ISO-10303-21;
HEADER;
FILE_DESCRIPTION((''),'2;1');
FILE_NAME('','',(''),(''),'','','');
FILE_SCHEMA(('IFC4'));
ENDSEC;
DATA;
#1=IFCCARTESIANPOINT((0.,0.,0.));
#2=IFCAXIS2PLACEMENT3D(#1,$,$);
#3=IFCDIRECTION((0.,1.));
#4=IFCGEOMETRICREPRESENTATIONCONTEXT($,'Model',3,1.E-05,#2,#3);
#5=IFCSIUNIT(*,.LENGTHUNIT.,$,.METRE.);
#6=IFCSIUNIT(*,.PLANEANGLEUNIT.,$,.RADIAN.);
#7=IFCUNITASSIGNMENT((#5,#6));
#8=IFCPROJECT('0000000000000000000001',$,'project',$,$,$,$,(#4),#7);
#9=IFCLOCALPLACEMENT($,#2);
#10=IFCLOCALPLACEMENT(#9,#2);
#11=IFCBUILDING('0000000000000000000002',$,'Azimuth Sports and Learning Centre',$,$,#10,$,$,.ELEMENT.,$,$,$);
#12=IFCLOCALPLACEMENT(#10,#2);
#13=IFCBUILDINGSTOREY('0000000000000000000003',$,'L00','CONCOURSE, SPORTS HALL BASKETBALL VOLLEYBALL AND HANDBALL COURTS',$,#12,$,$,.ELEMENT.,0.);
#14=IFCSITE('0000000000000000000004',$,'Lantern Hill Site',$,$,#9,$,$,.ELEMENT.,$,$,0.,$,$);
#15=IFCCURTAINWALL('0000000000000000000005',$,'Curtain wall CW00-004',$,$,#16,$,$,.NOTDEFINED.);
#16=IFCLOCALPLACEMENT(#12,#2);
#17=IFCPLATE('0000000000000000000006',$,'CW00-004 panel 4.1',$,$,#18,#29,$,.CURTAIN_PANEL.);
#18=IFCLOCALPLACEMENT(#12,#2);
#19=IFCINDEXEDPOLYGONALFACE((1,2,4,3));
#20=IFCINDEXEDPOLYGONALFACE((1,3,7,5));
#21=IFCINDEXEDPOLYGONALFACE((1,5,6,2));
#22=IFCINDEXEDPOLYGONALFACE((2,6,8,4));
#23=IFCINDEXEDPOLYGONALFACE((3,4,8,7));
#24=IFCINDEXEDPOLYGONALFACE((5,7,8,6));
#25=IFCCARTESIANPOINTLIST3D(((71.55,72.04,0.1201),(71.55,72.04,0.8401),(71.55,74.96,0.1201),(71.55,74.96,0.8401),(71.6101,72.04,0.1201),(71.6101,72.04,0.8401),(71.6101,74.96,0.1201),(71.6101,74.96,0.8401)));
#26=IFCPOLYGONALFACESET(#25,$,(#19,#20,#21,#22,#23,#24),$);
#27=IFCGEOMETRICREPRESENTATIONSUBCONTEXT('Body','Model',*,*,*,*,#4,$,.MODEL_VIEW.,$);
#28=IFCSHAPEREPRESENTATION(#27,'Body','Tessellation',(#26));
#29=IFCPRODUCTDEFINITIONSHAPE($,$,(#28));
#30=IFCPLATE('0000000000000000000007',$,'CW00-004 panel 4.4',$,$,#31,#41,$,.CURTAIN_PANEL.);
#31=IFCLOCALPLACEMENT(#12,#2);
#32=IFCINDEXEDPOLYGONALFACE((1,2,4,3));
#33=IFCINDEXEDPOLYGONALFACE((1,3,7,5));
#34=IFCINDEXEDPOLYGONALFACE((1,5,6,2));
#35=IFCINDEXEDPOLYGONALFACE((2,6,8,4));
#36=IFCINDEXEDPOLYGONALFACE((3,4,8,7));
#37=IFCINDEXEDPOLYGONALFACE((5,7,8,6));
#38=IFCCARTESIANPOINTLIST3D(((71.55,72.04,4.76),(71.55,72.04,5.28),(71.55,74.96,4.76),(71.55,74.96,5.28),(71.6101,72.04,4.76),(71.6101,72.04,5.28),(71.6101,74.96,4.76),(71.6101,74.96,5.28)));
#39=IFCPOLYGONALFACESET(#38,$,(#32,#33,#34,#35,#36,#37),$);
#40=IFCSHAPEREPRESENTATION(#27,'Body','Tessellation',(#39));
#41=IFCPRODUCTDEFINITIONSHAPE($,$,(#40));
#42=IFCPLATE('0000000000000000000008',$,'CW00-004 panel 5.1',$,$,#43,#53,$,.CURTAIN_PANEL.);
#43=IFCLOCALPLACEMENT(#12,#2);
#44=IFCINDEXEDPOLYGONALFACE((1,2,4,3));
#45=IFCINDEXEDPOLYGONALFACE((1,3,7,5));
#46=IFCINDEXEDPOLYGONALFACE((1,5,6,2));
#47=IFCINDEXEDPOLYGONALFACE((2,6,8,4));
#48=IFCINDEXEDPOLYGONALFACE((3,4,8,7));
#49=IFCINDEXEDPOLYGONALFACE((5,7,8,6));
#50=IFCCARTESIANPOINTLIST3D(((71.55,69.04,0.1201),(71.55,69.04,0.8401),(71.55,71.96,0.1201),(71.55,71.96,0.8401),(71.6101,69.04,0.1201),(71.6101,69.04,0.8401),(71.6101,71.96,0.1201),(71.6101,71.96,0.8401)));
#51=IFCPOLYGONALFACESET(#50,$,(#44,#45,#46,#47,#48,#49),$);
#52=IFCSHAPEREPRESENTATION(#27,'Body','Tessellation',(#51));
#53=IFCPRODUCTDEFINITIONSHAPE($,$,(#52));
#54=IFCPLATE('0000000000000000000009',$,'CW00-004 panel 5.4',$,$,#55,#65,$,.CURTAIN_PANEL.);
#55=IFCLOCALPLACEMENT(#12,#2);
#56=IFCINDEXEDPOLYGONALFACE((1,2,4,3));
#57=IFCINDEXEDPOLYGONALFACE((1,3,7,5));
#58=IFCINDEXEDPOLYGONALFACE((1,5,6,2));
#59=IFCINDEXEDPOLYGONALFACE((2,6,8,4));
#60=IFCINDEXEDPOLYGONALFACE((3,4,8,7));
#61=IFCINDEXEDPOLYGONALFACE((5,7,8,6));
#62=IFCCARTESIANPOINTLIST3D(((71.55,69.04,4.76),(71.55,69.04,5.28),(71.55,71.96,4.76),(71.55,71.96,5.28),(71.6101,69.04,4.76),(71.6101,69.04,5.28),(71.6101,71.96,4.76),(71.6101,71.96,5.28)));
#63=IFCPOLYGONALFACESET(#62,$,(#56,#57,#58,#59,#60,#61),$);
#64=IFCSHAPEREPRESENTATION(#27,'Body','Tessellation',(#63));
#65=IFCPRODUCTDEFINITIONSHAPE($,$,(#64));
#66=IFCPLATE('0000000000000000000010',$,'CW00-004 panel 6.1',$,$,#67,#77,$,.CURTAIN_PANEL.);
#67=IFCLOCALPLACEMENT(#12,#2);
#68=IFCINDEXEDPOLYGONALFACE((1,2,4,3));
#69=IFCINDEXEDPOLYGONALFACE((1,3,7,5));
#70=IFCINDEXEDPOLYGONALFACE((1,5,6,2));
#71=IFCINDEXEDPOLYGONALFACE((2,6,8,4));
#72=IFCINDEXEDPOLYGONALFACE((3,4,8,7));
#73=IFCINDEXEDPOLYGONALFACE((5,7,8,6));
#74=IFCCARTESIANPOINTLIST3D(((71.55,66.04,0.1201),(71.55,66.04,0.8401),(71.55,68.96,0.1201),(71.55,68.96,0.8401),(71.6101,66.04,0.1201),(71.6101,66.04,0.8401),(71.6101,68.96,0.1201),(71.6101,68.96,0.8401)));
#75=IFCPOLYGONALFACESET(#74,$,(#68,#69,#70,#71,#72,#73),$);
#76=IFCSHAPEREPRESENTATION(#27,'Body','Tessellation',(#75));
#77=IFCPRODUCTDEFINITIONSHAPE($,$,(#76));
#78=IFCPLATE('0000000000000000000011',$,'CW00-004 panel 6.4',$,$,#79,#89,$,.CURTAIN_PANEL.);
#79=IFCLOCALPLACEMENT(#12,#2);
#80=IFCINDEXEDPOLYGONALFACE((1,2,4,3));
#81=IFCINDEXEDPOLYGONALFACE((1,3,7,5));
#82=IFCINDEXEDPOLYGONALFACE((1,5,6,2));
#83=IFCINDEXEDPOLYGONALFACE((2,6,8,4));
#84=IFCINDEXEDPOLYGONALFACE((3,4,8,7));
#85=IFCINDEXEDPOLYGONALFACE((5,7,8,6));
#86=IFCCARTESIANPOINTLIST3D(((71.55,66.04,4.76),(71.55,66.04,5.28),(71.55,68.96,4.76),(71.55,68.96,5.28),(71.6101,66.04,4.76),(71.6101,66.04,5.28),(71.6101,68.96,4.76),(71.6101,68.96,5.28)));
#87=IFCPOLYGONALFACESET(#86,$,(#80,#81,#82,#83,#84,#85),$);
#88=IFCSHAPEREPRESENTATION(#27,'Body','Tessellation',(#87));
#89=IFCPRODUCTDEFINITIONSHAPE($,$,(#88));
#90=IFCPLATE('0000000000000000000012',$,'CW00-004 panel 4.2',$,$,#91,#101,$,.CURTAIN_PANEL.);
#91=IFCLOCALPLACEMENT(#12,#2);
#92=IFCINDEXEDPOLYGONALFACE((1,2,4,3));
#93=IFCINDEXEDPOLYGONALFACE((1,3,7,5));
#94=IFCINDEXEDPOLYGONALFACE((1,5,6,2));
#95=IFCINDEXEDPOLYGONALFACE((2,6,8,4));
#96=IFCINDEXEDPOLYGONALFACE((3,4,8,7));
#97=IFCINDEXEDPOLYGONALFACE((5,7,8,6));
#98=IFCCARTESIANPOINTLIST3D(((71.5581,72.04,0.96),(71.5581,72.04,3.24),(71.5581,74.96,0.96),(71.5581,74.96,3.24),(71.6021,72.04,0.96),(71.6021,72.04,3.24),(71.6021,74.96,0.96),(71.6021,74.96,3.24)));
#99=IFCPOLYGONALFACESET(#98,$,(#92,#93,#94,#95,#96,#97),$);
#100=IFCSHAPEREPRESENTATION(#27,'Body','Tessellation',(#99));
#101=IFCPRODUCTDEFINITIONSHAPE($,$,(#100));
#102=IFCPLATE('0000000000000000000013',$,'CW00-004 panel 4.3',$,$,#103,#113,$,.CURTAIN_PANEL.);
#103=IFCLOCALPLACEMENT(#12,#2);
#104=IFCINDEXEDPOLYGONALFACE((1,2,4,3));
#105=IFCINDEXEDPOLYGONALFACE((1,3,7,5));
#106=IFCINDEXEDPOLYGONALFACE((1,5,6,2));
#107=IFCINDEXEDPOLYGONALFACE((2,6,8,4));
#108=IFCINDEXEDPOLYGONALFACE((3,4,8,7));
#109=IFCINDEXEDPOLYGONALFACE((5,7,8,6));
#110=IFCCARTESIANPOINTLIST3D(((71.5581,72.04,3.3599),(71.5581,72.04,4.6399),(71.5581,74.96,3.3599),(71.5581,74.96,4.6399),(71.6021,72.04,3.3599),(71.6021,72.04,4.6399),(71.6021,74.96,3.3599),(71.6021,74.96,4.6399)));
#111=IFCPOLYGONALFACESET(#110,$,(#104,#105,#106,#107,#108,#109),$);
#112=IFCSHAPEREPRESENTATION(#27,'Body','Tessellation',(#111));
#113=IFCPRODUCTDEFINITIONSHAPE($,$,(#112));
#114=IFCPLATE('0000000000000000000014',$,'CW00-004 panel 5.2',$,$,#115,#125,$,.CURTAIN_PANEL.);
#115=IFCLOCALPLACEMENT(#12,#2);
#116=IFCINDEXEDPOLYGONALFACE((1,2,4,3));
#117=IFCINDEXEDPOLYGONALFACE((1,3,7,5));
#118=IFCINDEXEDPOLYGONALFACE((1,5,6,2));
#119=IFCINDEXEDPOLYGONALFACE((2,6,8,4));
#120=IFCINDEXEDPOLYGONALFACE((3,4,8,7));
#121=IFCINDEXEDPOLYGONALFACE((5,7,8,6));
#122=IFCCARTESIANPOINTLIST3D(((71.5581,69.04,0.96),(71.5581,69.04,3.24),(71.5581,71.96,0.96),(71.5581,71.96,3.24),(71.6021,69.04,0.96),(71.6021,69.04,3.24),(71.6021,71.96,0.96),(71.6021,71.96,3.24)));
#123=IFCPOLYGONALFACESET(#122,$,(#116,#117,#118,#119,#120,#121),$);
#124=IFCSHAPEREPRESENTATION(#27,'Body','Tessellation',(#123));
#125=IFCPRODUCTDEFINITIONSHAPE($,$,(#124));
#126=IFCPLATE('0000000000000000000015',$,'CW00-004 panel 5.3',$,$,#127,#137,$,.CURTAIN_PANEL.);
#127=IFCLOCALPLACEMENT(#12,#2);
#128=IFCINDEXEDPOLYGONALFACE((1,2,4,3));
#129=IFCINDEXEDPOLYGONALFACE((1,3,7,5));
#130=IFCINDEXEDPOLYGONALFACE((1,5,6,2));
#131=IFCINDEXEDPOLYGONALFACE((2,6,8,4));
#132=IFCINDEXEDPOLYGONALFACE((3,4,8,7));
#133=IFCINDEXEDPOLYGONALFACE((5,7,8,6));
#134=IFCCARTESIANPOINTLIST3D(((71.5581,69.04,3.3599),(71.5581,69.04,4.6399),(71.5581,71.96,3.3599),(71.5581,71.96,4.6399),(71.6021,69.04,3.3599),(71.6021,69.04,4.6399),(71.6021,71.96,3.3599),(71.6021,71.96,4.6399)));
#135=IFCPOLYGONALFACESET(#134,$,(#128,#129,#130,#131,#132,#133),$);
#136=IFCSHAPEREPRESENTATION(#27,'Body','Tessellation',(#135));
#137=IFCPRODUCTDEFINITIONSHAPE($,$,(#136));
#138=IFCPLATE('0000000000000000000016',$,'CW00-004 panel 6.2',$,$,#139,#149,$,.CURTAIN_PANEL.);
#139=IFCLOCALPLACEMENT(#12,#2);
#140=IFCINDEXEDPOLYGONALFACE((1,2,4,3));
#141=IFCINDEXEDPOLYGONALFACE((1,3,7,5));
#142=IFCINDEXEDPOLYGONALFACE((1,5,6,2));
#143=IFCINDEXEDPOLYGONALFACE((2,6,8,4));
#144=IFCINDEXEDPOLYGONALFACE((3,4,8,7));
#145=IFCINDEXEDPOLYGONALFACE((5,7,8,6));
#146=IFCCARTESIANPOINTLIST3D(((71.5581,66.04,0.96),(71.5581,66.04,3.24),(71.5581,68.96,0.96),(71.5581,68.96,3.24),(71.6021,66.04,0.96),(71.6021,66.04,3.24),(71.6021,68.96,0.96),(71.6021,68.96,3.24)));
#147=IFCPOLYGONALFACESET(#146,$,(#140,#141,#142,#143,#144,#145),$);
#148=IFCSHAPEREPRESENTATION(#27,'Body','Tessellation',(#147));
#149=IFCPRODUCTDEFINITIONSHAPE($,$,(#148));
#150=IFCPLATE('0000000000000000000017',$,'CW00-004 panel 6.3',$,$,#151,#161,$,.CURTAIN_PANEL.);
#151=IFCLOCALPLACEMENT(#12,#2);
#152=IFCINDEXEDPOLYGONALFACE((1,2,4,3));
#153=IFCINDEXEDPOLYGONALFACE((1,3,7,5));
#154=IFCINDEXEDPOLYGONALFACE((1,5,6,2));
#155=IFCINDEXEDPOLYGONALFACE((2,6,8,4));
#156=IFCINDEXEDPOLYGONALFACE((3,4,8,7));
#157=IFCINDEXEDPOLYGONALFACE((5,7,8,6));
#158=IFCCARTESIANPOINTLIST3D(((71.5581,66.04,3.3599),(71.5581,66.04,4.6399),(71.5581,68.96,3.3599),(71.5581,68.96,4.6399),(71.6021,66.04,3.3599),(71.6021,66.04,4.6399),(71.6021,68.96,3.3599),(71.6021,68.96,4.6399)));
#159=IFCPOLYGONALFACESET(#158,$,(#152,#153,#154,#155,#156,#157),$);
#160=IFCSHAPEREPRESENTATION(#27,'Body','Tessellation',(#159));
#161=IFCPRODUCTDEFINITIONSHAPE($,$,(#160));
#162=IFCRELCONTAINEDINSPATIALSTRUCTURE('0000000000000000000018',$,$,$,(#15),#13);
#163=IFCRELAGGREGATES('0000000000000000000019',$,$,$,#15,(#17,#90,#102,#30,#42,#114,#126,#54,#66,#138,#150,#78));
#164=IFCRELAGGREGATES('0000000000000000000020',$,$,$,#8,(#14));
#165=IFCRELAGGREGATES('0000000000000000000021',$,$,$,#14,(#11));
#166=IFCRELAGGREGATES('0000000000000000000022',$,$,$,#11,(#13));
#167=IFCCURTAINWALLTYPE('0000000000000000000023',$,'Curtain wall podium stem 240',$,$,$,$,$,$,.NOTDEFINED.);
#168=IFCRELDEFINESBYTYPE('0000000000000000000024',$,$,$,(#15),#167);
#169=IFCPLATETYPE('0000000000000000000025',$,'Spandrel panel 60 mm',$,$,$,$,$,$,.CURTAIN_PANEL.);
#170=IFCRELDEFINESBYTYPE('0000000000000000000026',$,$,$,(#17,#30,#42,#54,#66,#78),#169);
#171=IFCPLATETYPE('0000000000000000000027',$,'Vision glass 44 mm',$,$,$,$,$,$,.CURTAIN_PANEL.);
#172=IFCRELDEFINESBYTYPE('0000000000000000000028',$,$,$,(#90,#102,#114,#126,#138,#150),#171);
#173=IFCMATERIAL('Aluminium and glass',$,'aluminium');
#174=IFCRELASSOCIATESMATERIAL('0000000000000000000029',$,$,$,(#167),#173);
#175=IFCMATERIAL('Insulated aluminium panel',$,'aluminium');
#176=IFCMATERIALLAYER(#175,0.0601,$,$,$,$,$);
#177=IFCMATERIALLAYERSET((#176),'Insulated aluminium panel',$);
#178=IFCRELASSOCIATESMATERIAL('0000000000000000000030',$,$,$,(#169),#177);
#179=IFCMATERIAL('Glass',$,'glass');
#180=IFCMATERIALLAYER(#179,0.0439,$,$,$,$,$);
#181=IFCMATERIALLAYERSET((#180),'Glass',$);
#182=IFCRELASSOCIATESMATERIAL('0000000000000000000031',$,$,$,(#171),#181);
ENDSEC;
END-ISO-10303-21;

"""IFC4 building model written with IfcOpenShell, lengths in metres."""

from ifc_helpers import new_model, si_unit, direction, frame, origin, origin_2d, place, context, subcontext, project, spatial, rectangle, extrude, material, layer, layer_set, type_object, element, aggregate, save


model = new_model("IFC4")

# Units and contexts
model_context = context("Model", 3, precision=1e-05, world=origin(), true_north=direction((0.0, 1.0)))
body_context = subcontext(model_context, "Body", "Model", "MODEL_VIEW")
ifc_project = project(units=[si_unit("LENGTHUNIT", "METRE"), si_unit("PLANEANGLEUNIT", "RADIAN")], contexts=[model_context])

# Site, building, storey
site_placement = place(None, origin())
site = spatial("IfcSite", under=ifc_project, at=site_placement, Name="Lantern Hill Site", CompositionType="ELEMENT", RefElevation=0.0)
building_placement = place(site_placement, origin())
building = spatial("IfcBuilding", under=site, at=building_placement, Name="Azimuth Sports and Learning Centre", CompositionType="ELEMENT")
storey_placement = place(building_placement, origin())
storey = spatial("IfcBuildingStorey", under=building, at=storey_placement, Name="L00", Description="CONCOURSE, SPORTS HALL BASKETBALL VOLLEYBALL AND HANDBALL COURTS", CompositionType="ELEMENT", Elevation=0.0)

# Curtain wall, plates
ifc_material_1 = material(Name="Aluminium and glass", Category="aluminium")
curtain_wall_type = type_object("IfcCurtainWallType", Name="Curtain wall podium stem 240", PredefinedType="NOTDEFINED", material=ifc_material_1)
curtain_wall_placement = place(storey_placement, origin())
curtain_wall = element("IfcCurtainWall", 1, at=curtain_wall_placement, inside=storey, type_object=curtain_wall_type, Name="Curtain wall CW00-004", PredefinedType="NOTDEFINED")
ifc_material_2 = material(Name="Insulated aluminium panel", Category="aluminium")
ifc_layer_1 = layer(ifc_material_2, 0.0601)
ifc_layer_set_1 = layer_set([ifc_layer_1], Name="Insulated aluminium panel")
plate_type_1 = type_object("IfcPlateType", Name="Spandrel panel 60 mm", PredefinedType="CURTAIN_PANEL", material=ifc_layer_set_1)
plate_1_placement = place(storey_placement, frame((71.5801, 73.5, 0.1201), z_axis=(0.0, 0.0, 1.0), x_axis=(0.0, -1.0, 0.0)))
plate_1 = element("IfcPlate", 2, at=plate_1_placement, type_object=plate_type_1, Name="CW00-004 panel 4.1", PredefinedType="CURTAIN_PANEL", context=body_context, shape_type="SweptSolid", body=[
    extrude(rectangle(XDim=2.9199, YDim=0.0601, at=origin_2d()), origin(), (0.0, 0.0, 1.0), 0.72),
])
plate_2_placement = place(storey_placement, frame((71.5801, 73.5, 4.76), z_axis=(0.0, 0.0, 1.0), x_axis=(0.0, -1.0, 0.0)))
plate_2 = element("IfcPlate", 3, at=plate_2_placement, type_object=plate_type_1, Name="CW00-004 panel 4.4", PredefinedType="CURTAIN_PANEL", context=body_context, shape_type="SweptSolid", body=[
    extrude(rectangle(XDim=2.9199, YDim=0.0601, at=origin_2d()), origin(), (0.0, 0.0, 1.0), 0.52),
])
plate_3_placement = place(storey_placement, frame((71.5801, 70.5, 0.1201), z_axis=(0.0, 0.0, 1.0), x_axis=(0.0, -1.0, 0.0)))
plate_3 = element("IfcPlate", 4, at=plate_3_placement, type_object=plate_type_1, Name="CW00-004 panel 5.1", PredefinedType="CURTAIN_PANEL", context=body_context, shape_type="SweptSolid", body=[
    extrude(rectangle(XDim=2.9199, YDim=0.0601, at=origin_2d()), origin(), (0.0, 0.0, 1.0), 0.72),
])
plate_4_placement = place(storey_placement, frame((71.5801, 70.5, 4.76), z_axis=(0.0, 0.0, 1.0), x_axis=(0.0, -1.0, 0.0)))
plate_4 = element("IfcPlate", 5, at=plate_4_placement, type_object=plate_type_1, Name="CW00-004 panel 5.4", PredefinedType="CURTAIN_PANEL", context=body_context, shape_type="SweptSolid", body=[
    extrude(rectangle(XDim=2.9199, YDim=0.0601, at=origin_2d()), origin(), (0.0, 0.0, 1.0), 0.52),
])
plate_5_placement = place(storey_placement, frame((71.5801, 67.5, 0.1201), z_axis=(0.0, 0.0, 1.0), x_axis=(0.0, -1.0, 0.0)))
plate_5 = element("IfcPlate", 6, at=plate_5_placement, type_object=plate_type_1, Name="CW00-004 panel 6.1", PredefinedType="CURTAIN_PANEL", context=body_context, shape_type="SweptSolid", body=[
    extrude(rectangle(XDim=2.9199, YDim=0.0601, at=origin_2d()), origin(), (0.0, 0.0, 1.0), 0.72),
])
plate_6_placement = place(storey_placement, frame((71.5801, 67.5, 4.76), z_axis=(0.0, 0.0, 1.0), x_axis=(0.0, -1.0, 0.0)))
plate_6 = element("IfcPlate", 7, at=plate_6_placement, type_object=plate_type_1, Name="CW00-004 panel 6.4", PredefinedType="CURTAIN_PANEL", context=body_context, shape_type="SweptSolid", body=[
    extrude(rectangle(XDim=2.9199, YDim=0.0601, at=origin_2d()), origin(), (0.0, 0.0, 1.0), 0.52),
])
ifc_material_3 = material(Name="Glass", Category="glass")
ifc_layer_2 = layer(ifc_material_3, 0.0439)
ifc_layer_set_2 = layer_set([ifc_layer_2], Name="Glass")
plate_type_2 = type_object("IfcPlateType", Name="Vision glass 44 mm", PredefinedType="CURTAIN_PANEL", material=ifc_layer_set_2)
plate_7_placement = place(storey_placement, frame((71.5801, 73.5, 0.96), z_axis=(0.0, 0.0, 1.0), x_axis=(0.0, -1.0, 0.0)))
plate_7 = element("IfcPlate", 8, at=plate_7_placement, type_object=plate_type_2, Name="CW00-004 panel 4.2", PredefinedType="CURTAIN_PANEL", context=body_context, shape_type="SweptSolid", body=[
    extrude(rectangle(XDim=2.9199, YDim=0.0439, at=origin_2d()), origin(), (0.0, 0.0, 1.0), 2.28),
])
plate_8_placement = place(storey_placement, frame((71.5801, 73.5, 3.3599), z_axis=(0.0, 0.0, 1.0), x_axis=(0.0, -1.0, 0.0)))
plate_8 = element("IfcPlate", 9, at=plate_8_placement, type_object=plate_type_2, Name="CW00-004 panel 4.3", PredefinedType="CURTAIN_PANEL", context=body_context, shape_type="SweptSolid", body=[
    extrude(rectangle(XDim=2.9199, YDim=0.0439, at=origin_2d()), origin(), (0.0, 0.0, 1.0), 1.28),
])
plate_9_placement = place(storey_placement, frame((71.5801, 70.5, 0.96), z_axis=(0.0, 0.0, 1.0), x_axis=(0.0, -1.0, 0.0)))
plate_9 = element("IfcPlate", 10, at=plate_9_placement, type_object=plate_type_2, Name="CW00-004 panel 5.2", PredefinedType="CURTAIN_PANEL", context=body_context, shape_type="SweptSolid", body=[
    extrude(rectangle(XDim=2.9199, YDim=0.0439, at=origin_2d()), origin(), (0.0, 0.0, 1.0), 2.28),
])
plate_10_placement = place(storey_placement, frame((71.5801, 70.5, 3.3599), z_axis=(0.0, 0.0, 1.0), x_axis=(0.0, -1.0, 0.0)))
plate_10 = element("IfcPlate", 11, at=plate_10_placement, type_object=plate_type_2, Name="CW00-004 panel 5.3", PredefinedType="CURTAIN_PANEL", context=body_context, shape_type="SweptSolid", body=[
    extrude(rectangle(XDim=2.9199, YDim=0.0439, at=origin_2d()), origin(), (0.0, 0.0, 1.0), 1.28),
])
plate_11_placement = place(storey_placement, frame((71.5801, 67.5, 0.96), z_axis=(0.0, 0.0, 1.0), x_axis=(0.0, -1.0, 0.0)))
plate_11 = element("IfcPlate", 12, at=plate_11_placement, type_object=plate_type_2, Name="CW00-004 panel 6.2", PredefinedType="CURTAIN_PANEL", context=body_context, shape_type="SweptSolid", body=[
    extrude(rectangle(XDim=2.9199, YDim=0.0439, at=origin_2d()), origin(), (0.0, 0.0, 1.0), 2.28),
])
plate_12_placement = place(storey_placement, frame((71.5801, 67.5, 3.3599), z_axis=(0.0, 0.0, 1.0), x_axis=(0.0, -1.0, 0.0)))
plate_12 = element("IfcPlate", 13, at=plate_12_placement, type_object=plate_type_2, Name="CW00-004 panel 6.3", PredefinedType="CURTAIN_PANEL", context=body_context, shape_type="SweptSolid", body=[
    extrude(rectangle(XDim=2.9199, YDim=0.0439, at=origin_2d()), origin(), (0.0, 0.0, 1.0), 1.28),
])
aggregate(curtain_wall, [plate_1, plate_7, plate_8, plate_2, plate_3, plate_9, plate_10, plate_4, plate_5, plate_11, plate_12, plate_6])

save(model, "model.ifc")
